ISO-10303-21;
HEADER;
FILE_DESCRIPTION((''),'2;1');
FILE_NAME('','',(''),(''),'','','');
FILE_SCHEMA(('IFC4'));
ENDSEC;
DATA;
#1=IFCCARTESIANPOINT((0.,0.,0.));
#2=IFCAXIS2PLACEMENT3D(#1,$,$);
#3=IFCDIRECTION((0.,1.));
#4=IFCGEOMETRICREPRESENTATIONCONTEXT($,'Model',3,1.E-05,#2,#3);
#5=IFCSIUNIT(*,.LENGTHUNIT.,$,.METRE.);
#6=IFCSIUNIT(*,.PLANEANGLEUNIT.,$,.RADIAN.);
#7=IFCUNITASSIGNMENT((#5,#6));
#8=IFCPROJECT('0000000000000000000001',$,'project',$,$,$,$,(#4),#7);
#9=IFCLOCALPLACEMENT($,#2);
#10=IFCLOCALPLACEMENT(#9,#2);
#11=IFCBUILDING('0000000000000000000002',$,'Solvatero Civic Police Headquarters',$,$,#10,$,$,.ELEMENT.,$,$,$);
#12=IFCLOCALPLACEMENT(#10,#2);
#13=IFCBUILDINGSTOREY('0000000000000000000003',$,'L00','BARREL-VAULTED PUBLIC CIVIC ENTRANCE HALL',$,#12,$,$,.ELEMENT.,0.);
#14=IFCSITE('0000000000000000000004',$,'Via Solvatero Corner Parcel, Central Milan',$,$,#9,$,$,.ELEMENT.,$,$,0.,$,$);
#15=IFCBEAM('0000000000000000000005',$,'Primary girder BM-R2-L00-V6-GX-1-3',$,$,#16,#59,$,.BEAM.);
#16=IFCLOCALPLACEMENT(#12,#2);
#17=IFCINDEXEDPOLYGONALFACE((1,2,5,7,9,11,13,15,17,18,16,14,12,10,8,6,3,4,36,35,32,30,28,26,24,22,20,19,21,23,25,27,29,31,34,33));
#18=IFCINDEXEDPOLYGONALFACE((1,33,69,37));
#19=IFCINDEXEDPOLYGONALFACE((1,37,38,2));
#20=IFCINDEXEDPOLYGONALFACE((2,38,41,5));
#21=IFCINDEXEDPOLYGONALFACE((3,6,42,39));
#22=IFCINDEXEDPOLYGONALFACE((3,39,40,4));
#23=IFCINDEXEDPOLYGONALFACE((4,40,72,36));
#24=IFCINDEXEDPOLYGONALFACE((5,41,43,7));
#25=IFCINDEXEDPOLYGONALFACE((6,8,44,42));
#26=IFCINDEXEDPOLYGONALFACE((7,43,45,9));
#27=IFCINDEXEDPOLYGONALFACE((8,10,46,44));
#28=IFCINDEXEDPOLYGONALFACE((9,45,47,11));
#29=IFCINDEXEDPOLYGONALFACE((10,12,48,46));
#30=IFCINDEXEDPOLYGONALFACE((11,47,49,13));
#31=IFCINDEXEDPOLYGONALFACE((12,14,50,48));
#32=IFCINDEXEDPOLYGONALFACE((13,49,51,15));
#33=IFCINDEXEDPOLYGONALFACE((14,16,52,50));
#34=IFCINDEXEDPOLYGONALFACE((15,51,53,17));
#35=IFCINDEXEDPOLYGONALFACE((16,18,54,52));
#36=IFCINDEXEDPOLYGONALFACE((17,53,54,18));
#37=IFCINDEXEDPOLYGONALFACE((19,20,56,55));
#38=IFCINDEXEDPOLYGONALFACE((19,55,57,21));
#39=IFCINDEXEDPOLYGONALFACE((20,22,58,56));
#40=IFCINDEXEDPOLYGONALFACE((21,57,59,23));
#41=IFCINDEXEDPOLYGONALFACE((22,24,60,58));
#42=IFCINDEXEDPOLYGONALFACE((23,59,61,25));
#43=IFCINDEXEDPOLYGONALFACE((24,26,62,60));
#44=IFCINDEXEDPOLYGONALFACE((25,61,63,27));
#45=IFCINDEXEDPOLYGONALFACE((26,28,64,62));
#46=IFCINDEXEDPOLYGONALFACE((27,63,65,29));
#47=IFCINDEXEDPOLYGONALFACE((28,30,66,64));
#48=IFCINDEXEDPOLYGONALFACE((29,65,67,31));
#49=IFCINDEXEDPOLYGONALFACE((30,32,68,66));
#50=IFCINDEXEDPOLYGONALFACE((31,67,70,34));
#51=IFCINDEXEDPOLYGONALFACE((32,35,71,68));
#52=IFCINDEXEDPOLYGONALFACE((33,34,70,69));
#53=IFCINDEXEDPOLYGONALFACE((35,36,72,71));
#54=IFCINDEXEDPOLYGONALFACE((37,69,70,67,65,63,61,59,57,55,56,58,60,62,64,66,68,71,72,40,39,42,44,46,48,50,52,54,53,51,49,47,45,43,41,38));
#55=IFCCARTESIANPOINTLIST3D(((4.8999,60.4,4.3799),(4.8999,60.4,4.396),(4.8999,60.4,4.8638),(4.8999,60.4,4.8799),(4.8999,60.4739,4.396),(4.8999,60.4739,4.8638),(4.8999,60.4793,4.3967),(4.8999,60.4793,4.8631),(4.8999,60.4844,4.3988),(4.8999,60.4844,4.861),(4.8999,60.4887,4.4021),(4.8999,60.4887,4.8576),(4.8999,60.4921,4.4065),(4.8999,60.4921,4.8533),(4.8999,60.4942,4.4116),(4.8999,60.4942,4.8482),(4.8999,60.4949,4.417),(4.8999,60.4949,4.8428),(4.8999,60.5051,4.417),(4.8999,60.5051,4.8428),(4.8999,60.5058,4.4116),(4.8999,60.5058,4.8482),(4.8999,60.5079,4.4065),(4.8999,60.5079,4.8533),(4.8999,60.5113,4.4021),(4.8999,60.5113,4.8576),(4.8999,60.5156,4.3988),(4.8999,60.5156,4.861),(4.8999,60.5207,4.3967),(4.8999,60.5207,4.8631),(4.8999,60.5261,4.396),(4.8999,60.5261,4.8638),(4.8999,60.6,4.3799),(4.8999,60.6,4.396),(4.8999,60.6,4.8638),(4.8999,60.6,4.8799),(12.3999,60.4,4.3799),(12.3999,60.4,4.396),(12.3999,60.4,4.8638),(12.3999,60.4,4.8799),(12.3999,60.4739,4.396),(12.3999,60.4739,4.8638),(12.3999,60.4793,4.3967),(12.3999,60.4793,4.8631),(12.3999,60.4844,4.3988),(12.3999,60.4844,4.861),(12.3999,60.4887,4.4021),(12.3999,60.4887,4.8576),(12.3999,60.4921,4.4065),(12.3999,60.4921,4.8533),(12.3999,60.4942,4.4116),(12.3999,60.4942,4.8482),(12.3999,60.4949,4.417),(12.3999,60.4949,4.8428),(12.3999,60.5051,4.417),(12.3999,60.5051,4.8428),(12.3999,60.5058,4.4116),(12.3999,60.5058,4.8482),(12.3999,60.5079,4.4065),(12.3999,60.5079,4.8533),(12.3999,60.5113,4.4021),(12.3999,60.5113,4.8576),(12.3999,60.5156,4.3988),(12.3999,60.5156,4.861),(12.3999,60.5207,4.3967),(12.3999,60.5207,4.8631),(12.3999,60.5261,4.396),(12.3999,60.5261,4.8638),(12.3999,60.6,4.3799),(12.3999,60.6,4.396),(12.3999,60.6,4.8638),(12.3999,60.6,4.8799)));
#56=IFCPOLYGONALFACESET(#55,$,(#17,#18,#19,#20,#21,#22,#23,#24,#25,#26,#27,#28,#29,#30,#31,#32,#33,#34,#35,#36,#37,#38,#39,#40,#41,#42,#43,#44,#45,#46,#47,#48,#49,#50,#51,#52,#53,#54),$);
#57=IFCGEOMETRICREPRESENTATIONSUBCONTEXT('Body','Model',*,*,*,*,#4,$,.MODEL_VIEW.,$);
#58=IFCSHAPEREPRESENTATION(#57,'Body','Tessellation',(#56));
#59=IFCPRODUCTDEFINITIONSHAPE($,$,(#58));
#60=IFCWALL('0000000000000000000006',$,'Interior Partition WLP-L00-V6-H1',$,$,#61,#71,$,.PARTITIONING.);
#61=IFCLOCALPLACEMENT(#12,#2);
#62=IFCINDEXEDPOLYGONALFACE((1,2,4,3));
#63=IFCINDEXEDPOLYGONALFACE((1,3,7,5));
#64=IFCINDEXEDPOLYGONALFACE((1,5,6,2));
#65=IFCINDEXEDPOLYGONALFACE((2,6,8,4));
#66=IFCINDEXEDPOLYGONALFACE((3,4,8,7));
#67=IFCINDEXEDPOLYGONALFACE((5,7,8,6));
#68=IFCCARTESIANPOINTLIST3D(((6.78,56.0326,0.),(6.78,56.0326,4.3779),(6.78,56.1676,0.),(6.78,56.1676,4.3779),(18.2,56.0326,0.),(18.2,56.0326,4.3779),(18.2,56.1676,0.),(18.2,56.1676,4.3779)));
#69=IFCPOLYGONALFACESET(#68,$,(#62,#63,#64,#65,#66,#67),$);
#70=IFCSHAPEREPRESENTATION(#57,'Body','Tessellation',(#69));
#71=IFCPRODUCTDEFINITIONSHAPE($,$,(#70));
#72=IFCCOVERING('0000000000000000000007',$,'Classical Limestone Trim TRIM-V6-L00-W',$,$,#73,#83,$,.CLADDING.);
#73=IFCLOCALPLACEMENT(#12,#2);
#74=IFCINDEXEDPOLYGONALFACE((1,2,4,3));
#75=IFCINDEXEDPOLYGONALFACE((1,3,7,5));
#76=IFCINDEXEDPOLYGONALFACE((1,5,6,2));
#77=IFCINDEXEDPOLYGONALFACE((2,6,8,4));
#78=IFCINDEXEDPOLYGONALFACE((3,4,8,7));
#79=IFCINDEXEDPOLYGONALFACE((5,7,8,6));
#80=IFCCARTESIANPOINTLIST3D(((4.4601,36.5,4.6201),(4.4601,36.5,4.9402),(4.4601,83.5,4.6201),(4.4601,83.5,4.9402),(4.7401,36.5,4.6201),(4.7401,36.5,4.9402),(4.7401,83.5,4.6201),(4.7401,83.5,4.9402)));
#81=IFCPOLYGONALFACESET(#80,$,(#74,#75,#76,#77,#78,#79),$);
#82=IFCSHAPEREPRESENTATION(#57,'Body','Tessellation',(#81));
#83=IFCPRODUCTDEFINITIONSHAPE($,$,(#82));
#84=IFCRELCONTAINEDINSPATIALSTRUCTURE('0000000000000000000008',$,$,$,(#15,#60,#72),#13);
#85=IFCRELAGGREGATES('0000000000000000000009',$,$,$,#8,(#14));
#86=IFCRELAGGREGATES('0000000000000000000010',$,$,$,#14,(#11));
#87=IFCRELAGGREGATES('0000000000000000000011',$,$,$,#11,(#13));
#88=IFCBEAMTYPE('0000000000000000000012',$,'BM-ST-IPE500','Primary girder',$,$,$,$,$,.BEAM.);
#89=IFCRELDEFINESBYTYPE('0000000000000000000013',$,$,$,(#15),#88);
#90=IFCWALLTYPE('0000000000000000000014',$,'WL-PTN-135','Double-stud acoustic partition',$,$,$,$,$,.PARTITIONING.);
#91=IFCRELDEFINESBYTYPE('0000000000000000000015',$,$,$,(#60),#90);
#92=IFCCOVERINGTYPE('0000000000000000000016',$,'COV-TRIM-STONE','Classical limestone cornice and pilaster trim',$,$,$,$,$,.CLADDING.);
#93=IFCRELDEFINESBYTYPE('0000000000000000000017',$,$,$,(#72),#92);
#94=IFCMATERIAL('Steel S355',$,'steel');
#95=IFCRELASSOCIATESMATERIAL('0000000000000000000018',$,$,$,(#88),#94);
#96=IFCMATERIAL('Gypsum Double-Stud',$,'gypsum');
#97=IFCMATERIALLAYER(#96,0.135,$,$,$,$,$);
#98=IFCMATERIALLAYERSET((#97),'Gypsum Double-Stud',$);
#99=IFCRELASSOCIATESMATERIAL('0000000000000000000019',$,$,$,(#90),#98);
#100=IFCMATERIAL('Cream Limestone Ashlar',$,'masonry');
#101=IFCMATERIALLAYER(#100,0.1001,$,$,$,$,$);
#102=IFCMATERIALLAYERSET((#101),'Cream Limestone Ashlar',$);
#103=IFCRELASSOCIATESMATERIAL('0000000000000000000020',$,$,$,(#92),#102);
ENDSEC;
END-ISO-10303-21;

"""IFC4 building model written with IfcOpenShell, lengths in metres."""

from ifc_helpers import new_model, si_unit, direction, frame, frame_2d, origin, origin_2d, place, context, subcontext, project, spatial, rectangle, i_section, extrude, material, layer, layer_set, material_profile, profile_set, type_object, element, save


model = new_model("IFC4")

# Units and contexts
model_context = context("Model", 3, precision=1e-05, world=origin(), true_north=direction((0.0, 1.0)))
body_context = subcontext(model_context, "Body", "Model", "MODEL_VIEW")
ifc_project = project(units=[si_unit("LENGTHUNIT", "METRE"), si_unit("PLANEANGLEUNIT", "RADIAN")], contexts=[model_context])

# Site, building, storey
site_placement = place(None, origin())
site = spatial("IfcSite", under=ifc_project, at=site_placement, Name="Via Solvatero Corner Parcel, Central Milan", CompositionType="ELEMENT", RefElevation=0.0)
building_placement = place(site_placement, origin())
building = spatial("IfcBuilding", under=site, at=building_placement, Name="Solvatero Civic Police Headquarters", CompositionType="ELEMENT")
storey_placement = place(building_placement, origin())
storey = spatial("IfcBuildingStorey", under=building, at=storey_placement, Name="L00", Description="BARREL-VAULTED PUBLIC CIVIC ENTRANCE HALL", CompositionType="ELEMENT", Elevation=0.0)

# Beam
ifc_material_1 = material(Name="Steel S355", Category="steel")
ifc_material_profile_1 = material_profile(ifc_material_1, i_section(OverallWidth=0.2, OverallDepth=0.5, WebThickness=0.0103, FlangeThickness=0.0161, FilletRadius=0.021, at=origin_2d()), Name="IPE 500")
ifc_profile_set_1 = profile_set([ifc_material_profile_1], Name="Steel S355")
beam_type_1 = type_object("IfcBeamType", Name="BM-ST-IPE500", Description="Primary girder", PredefinedType="BEAM", material=ifc_profile_set_1)
for number, where, z_axis, x_axis, name in (
    (1, (4.8999, 60.5, 4.6299), (1.0, 0.0, 0.0), (0.0, 1.0, 0.0), "Primary girder BM-R2-L00-V6-GX-1-3"),
):
    element("IfcBeam", number, at=place(storey_placement, frame(where, z_axis=z_axis, x_axis=x_axis)), inside=storey, type_object=beam_type_1, Name=name, PredefinedType="BEAM", context=body_context, shape_type="SweptSolid", body=[
        extrude(i_section(OverallWidth=0.2, OverallDepth=0.5, WebThickness=0.0103, FlangeThickness=0.0161, FilletRadius=0.021, at=origin_2d()), origin(), (0.0, 0.0, 1.0), 7.5),
    ])

# Wall
ifc_material_2 = material(Name="Gypsum Double-Stud", Category="gypsum")
ifc_layer_1 = layer(ifc_material_2, 0.135)
ifc_layer_set_1 = layer_set([ifc_layer_1], Name="Gypsum Double-Stud")
wall_type = type_object("IfcWallType", Name="WL-PTN-135", Description="Double-stud acoustic partition", PredefinedType="PARTITIONING", material=ifc_layer_set_1)
wall_placement = place(storey_placement, frame((6.78, 56.1001, 0.0), z_axis=(0.0, 0.0, 1.0), x_axis=(1.0, 0.0, 0.0)))
element("IfcWall", 2, at=wall_placement, inside=storey, type_object=wall_type, Name="Interior Partition WLP-L00-V6-H1", PredefinedType="PARTITIONING", context=body_context, shape_type="SweptSolid", body=[
    extrude(rectangle(XDim=11.4199, YDim=0.135, at=frame_2d((5.71, 0.0))), origin(), (0.0, 0.0, 1.0), 4.3779),
])

# Covering
ifc_material_3 = material(Name="Cream Limestone Ashlar", Category="masonry")
ifc_layer_2 = layer(ifc_material_3, 0.1001)
ifc_layer_set_2 = layer_set([ifc_layer_2], Name="Cream Limestone Ashlar")
covering_type = type_object("IfcCoveringType", Name="COV-TRIM-STONE", Description="Classical limestone cornice and pilaster trim", PredefinedType="CLADDING", material=ifc_layer_set_2)
covering_placement = place(storey_placement, frame((4.6001, 60.0, 4.6201), z_axis=(0.0, 0.0, 1.0), x_axis=(1.0, 0.0, 0.0)))
element("IfcCovering", 3, at=covering_placement, inside=storey, type_object=covering_type, Name="Classical Limestone Trim TRIM-V6-L00-W", PredefinedType="CLADDING", context=body_context, shape_type="SweptSolid", body=[
    extrude(rectangle(XDim=0.28, YDim=47.0, at=origin_2d()), origin(), (0.0, 0.0, 1.0), 0.3201),
])

save(model, "model.ifc")
